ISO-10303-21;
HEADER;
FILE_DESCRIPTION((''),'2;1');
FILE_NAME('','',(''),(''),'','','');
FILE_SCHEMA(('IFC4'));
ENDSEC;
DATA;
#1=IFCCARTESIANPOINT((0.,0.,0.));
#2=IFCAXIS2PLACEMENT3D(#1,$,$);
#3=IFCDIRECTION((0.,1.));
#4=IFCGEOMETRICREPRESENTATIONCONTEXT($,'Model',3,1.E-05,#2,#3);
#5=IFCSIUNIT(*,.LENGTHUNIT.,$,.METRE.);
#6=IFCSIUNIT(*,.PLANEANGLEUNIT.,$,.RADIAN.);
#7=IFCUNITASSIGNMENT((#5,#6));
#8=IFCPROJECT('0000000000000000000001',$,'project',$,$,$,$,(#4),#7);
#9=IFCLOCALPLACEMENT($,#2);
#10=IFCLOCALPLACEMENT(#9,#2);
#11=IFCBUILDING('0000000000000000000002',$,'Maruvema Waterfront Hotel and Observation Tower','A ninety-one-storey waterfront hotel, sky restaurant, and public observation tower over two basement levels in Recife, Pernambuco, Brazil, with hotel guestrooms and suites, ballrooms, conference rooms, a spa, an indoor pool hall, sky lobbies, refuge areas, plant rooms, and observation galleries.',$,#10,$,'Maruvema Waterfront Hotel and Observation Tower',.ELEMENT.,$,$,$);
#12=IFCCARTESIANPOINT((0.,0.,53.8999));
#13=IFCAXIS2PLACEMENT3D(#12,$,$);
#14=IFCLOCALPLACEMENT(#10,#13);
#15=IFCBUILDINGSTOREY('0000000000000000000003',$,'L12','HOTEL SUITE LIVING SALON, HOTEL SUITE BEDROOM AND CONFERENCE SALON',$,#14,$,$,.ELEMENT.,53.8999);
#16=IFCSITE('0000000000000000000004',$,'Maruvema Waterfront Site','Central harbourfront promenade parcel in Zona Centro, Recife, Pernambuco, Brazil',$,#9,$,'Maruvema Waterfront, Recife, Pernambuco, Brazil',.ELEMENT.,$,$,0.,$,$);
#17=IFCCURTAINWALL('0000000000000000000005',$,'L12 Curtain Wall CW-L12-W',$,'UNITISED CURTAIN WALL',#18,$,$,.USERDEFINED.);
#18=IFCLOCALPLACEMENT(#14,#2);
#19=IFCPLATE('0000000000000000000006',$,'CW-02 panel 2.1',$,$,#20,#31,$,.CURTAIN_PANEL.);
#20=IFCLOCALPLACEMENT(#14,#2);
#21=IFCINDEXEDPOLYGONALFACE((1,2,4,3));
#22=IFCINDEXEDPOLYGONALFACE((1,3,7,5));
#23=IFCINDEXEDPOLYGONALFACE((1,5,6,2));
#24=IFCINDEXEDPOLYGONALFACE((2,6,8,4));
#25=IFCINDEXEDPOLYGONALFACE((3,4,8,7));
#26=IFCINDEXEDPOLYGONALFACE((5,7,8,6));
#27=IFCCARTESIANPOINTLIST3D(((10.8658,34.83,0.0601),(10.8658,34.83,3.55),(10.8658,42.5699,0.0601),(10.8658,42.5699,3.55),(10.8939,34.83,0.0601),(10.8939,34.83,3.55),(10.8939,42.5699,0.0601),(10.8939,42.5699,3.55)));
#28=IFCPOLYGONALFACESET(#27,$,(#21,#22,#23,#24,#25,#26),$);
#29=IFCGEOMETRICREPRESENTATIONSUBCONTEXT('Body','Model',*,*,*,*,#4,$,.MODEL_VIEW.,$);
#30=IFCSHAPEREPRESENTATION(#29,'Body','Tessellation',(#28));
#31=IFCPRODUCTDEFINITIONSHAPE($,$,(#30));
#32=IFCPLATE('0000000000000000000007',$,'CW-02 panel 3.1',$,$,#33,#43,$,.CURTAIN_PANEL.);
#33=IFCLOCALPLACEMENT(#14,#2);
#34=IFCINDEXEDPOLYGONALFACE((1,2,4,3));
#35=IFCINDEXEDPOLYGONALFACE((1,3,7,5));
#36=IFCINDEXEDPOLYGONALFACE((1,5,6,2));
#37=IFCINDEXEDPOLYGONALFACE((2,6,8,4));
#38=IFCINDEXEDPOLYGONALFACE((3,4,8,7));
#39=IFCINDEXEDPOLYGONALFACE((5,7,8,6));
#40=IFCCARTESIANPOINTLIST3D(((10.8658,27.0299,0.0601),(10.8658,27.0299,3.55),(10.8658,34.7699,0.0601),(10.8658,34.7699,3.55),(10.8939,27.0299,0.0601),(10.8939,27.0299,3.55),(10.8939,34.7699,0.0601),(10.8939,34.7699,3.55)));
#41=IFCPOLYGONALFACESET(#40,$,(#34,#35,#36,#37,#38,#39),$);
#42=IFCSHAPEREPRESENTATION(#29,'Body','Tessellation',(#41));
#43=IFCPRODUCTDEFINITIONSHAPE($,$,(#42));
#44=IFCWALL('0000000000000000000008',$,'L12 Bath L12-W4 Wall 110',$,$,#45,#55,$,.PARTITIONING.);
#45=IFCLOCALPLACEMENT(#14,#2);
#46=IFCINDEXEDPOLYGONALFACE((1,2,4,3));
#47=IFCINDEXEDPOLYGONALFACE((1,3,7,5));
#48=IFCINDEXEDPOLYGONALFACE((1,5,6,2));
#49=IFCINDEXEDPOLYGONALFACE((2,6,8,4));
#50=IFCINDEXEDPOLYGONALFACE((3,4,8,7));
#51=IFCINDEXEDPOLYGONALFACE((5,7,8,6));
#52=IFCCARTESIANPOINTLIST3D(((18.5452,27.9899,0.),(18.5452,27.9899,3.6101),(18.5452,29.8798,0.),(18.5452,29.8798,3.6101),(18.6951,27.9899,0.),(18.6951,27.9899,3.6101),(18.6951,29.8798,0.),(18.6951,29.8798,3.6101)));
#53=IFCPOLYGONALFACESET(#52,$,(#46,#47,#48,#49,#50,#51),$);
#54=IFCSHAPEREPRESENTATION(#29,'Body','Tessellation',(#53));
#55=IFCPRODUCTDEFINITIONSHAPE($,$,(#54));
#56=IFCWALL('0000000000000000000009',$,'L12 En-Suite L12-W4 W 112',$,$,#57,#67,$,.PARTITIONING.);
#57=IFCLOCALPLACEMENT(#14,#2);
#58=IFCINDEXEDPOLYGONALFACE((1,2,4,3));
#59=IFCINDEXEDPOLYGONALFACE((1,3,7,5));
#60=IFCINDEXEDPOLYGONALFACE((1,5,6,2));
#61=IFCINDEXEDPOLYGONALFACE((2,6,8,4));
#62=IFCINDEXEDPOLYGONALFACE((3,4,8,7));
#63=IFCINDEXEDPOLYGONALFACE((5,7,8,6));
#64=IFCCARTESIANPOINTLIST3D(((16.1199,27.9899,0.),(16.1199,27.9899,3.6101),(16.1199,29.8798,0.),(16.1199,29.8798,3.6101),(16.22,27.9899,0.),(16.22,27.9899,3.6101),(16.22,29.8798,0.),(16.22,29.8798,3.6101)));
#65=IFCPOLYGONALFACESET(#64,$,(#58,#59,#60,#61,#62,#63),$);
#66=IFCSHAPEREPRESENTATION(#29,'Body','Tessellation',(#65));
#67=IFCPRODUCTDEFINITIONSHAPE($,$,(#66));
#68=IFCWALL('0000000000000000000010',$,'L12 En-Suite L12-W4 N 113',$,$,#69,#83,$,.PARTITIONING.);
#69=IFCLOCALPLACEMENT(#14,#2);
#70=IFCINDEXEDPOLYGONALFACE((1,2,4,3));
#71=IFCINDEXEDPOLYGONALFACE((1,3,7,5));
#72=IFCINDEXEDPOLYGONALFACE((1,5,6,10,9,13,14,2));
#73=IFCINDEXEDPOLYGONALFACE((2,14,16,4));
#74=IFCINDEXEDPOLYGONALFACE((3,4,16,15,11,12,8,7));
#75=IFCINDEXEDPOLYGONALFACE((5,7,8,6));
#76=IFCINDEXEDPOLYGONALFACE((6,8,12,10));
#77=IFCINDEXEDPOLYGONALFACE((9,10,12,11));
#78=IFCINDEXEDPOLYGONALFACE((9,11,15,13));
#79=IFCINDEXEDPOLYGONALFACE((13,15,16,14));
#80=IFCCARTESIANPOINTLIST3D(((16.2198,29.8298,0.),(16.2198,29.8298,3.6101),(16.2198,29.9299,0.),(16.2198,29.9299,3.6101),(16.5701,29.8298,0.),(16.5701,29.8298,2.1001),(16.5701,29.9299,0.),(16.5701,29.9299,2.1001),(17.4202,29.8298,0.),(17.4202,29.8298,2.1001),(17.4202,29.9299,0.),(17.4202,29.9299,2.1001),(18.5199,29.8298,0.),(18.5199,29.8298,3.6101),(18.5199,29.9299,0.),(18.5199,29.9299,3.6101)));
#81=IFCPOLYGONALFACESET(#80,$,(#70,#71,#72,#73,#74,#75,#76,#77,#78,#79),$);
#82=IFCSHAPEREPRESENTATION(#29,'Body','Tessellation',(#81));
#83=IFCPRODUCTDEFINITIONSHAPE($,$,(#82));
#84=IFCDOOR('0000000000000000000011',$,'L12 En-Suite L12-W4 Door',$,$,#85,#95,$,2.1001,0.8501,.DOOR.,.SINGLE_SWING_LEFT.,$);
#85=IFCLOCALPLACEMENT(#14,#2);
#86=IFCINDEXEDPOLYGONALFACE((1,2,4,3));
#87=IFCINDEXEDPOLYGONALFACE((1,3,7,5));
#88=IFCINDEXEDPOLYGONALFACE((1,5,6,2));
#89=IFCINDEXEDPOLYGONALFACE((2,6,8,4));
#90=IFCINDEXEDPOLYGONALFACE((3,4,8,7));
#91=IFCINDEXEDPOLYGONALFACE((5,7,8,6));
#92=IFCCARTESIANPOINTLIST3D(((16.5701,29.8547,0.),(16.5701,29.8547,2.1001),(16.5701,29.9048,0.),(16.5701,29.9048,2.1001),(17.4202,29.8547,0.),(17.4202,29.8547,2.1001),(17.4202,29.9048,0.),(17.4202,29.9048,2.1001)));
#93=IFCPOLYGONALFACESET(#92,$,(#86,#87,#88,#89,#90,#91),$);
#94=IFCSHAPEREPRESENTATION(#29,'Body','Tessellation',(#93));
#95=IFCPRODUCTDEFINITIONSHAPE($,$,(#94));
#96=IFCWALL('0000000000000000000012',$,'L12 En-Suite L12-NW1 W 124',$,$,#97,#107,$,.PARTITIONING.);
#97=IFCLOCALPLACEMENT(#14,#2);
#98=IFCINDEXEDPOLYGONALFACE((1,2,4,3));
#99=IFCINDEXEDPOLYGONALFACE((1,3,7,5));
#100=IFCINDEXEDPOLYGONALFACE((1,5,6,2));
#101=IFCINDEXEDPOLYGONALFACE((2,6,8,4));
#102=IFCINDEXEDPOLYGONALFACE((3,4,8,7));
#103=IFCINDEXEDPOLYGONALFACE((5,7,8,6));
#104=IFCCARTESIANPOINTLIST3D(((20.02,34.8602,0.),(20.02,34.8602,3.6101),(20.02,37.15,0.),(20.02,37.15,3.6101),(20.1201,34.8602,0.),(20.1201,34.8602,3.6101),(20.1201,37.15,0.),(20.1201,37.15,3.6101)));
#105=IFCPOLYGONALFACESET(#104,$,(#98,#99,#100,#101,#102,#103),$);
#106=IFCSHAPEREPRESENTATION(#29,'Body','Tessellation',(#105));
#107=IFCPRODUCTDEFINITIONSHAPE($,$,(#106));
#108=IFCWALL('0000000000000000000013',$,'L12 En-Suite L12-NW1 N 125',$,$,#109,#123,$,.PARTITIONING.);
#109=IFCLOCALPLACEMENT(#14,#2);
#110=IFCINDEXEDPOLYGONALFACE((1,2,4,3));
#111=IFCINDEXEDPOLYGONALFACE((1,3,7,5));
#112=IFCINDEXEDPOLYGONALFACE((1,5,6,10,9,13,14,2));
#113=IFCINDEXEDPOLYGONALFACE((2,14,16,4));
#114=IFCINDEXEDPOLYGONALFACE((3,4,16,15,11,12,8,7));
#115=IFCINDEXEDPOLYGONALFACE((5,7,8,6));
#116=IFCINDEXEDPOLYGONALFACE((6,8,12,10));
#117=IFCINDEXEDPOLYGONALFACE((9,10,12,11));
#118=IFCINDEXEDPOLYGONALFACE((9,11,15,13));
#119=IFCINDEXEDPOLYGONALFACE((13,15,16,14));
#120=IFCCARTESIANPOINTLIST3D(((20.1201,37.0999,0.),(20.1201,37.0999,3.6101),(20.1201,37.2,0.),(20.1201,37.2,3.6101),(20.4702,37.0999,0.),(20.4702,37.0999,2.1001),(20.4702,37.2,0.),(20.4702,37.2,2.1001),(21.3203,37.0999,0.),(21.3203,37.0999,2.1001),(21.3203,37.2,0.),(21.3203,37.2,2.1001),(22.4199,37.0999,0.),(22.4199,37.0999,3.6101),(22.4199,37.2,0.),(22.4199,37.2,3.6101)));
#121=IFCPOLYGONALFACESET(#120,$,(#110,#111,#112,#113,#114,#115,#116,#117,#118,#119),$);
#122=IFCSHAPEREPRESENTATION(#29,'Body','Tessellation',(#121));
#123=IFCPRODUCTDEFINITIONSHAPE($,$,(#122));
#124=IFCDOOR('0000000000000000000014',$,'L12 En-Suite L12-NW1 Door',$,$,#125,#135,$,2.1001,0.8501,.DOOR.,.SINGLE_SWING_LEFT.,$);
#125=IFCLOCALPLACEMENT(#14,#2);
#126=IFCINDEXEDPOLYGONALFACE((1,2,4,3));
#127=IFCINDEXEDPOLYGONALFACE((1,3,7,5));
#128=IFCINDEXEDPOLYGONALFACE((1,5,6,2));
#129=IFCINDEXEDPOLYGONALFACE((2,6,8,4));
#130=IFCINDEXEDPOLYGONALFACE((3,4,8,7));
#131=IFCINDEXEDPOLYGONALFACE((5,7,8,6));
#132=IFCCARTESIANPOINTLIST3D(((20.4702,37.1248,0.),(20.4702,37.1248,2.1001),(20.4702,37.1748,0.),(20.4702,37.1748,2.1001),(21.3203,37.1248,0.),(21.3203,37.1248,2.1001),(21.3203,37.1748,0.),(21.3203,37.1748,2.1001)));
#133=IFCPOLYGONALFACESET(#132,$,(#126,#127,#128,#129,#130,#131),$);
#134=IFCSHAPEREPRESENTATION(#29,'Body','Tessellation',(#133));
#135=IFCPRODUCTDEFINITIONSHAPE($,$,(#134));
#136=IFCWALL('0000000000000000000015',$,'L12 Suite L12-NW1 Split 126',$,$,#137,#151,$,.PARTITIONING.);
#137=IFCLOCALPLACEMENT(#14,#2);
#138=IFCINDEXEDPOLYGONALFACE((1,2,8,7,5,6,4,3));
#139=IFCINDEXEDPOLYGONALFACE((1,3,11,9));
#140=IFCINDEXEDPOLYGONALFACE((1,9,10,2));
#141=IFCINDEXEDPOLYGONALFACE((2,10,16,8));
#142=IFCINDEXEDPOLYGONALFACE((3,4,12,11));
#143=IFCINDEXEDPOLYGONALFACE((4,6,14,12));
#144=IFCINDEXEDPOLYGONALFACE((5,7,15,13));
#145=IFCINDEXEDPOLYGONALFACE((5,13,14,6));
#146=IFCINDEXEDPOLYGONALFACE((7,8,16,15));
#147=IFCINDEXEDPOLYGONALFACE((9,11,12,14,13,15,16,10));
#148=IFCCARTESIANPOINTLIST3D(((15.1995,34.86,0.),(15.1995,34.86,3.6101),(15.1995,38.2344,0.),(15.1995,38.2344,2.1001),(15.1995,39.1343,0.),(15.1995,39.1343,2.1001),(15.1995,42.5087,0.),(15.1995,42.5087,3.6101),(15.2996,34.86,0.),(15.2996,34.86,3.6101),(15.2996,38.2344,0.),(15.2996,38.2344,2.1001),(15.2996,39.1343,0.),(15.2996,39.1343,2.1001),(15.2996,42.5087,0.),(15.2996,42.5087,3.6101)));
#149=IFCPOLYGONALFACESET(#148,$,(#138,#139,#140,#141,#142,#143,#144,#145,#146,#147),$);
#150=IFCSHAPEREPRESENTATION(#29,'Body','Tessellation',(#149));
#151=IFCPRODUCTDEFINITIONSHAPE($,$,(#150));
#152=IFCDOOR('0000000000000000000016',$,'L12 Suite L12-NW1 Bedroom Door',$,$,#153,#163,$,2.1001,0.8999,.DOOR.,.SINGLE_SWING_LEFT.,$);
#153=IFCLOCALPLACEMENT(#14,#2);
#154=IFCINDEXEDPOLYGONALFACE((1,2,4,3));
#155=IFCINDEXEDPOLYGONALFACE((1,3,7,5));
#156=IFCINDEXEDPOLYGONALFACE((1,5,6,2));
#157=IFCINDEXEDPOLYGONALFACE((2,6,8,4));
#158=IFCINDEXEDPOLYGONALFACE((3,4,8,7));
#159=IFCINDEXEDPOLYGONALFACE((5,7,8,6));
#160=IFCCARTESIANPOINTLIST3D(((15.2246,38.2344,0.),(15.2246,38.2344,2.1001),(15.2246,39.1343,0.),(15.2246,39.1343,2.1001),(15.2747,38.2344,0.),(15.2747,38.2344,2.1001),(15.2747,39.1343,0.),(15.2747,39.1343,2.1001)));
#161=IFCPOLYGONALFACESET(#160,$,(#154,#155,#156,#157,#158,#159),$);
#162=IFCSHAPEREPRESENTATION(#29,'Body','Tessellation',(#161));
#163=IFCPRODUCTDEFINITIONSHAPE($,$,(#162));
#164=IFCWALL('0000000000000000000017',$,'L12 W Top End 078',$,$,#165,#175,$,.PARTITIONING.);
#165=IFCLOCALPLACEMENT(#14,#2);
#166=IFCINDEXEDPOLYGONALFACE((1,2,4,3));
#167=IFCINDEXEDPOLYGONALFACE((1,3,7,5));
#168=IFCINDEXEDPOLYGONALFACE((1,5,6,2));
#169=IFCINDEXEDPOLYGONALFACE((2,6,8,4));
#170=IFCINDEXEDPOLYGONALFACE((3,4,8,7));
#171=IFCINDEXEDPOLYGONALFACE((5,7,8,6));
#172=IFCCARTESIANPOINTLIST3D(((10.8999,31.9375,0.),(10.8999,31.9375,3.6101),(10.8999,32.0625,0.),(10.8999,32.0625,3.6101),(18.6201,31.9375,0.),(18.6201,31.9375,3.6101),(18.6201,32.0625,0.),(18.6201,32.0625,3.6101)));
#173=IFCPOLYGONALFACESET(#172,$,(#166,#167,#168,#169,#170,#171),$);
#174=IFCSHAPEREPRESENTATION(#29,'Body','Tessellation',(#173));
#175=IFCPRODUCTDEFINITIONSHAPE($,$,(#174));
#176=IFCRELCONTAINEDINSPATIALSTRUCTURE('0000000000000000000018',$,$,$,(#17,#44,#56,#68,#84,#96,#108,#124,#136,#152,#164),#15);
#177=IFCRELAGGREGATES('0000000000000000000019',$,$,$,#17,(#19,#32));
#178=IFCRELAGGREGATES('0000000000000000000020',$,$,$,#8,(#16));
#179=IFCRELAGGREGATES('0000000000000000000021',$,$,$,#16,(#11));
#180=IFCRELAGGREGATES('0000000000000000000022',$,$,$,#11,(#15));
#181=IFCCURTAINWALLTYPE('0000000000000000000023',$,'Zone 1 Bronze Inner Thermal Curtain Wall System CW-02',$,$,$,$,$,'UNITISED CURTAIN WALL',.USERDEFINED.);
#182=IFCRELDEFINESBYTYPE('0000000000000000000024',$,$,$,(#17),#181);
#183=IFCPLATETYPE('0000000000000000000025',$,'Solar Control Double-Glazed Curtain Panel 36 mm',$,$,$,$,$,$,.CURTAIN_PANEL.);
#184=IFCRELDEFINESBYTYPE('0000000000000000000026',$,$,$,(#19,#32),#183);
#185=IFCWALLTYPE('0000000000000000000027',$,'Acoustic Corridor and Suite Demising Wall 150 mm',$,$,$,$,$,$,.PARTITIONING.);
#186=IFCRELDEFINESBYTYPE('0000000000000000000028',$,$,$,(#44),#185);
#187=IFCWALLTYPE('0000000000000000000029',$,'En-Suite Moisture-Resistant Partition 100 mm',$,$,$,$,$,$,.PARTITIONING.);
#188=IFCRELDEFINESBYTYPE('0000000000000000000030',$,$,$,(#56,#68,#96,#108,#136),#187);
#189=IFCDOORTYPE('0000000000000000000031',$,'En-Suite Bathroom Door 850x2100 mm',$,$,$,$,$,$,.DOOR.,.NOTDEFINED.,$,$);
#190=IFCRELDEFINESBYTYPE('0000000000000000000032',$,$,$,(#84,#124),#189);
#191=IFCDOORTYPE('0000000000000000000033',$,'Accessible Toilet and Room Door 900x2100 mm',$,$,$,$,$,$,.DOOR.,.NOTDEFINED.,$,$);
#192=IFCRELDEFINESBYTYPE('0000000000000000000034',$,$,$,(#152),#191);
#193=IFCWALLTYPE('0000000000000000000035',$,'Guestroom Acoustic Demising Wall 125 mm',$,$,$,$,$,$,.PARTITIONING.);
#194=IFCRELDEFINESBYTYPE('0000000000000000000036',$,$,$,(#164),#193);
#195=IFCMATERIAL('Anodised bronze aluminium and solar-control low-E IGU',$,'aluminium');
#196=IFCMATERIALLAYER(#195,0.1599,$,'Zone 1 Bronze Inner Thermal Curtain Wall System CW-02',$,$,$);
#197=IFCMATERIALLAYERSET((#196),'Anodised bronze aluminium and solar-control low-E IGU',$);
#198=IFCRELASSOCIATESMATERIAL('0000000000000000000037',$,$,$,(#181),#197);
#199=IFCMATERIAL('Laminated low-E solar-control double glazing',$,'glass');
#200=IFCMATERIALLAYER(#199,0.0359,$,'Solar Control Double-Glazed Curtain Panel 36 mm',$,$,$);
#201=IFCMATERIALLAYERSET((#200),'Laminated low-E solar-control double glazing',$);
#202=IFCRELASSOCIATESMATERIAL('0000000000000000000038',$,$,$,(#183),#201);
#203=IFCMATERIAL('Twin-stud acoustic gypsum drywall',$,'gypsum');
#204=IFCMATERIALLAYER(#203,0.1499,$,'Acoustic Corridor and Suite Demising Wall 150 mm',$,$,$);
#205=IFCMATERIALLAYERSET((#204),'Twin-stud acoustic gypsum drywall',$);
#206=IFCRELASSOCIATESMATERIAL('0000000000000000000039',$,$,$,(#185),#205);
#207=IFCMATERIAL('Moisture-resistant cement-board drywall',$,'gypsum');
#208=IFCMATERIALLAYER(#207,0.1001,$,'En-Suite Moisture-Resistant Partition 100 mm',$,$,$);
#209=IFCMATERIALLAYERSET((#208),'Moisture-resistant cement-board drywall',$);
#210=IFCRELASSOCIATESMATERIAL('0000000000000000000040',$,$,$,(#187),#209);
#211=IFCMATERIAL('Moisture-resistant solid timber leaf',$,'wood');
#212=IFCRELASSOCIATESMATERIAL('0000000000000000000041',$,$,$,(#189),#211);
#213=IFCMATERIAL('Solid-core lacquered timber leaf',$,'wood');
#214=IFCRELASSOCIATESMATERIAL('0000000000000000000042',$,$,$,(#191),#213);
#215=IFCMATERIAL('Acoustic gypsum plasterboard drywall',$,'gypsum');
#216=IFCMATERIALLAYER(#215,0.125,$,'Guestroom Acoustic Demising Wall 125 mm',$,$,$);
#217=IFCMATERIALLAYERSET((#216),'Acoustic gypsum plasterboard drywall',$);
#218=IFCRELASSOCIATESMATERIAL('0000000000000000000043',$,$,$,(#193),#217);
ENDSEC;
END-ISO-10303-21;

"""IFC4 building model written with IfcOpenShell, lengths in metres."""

from ifc_helpers import new_model, si_unit, direction, frame, frame_2d, origin, origin_2d, place, context, subcontext, project, spatial, rectangle, extrude, material, layer, layer_set, type_object, element, fill, aggregate, save


model = new_model("IFC4")

# Units and contexts
model_context = context("Model", 3, precision=1e-05, world=origin(), true_north=direction((0.0, 1.0)))
body_context = subcontext(model_context, "Body", "Model", "MODEL_VIEW")
ifc_project = project(units=[si_unit("LENGTHUNIT", "METRE"), si_unit("PLANEANGLEUNIT", "RADIAN")], contexts=[model_context])

# Site, building, storey
site_placement = place(None, origin())
site = spatial("IfcSite", under=ifc_project, at=site_placement, Name="Maruvema Waterfront Site", Description="Central harbourfront promenade parcel in Zona Centro, Recife, Pernambuco, Brazil", LongName="Maruvema Waterfront, Recife, Pernambuco, Brazil", CompositionType="ELEMENT", RefElevation=0.0)
building_placement = place(site_placement, origin())
building = spatial("IfcBuilding", under=site, at=building_placement, Name="Maruvema Waterfront Hotel and Observation Tower", Description="A ninety-one-storey waterfront hotel, sky restaurant, and public observation tower over two basement levels in Recife, Pernambuco, Brazil, with hotel guestrooms and suites, ballrooms, conference rooms, a spa, an indoor pool hall, sky lobbies, refuge areas, plant rooms, and observation galleries.", LongName="Maruvema Waterfront Hotel and Observation Tower", CompositionType="ELEMENT")
storey_placement = place(building_placement, frame((0.0, 0.0, 53.8999)))
storey = spatial("IfcBuildingStorey", under=building, at=storey_placement, Name="L12", Description="HOTEL SUITE LIVING SALON, HOTEL SUITE BEDROOM AND CONFERENCE SALON", CompositionType="ELEMENT", Elevation=53.8999)

# Curtain wall
ifc_material_1 = material(Name="Anodised bronze aluminium and solar-control low-E IGU", Category="aluminium")
ifc_layer_1 = layer(ifc_material_1, 0.1599, Name="Zone 1 Bronze Inner Thermal Curtain Wall System CW-02")
ifc_layer_set_1 = layer_set([ifc_layer_1], Name="Anodised bronze aluminium and solar-control low-E IGU")
curtain_wall_type = type_object("IfcCurtainWallType", Name="Zone 1 Bronze Inner Thermal Curtain Wall System CW-02", ElementType="UNITISED CURTAIN WALL", PredefinedType="USERDEFINED", material=ifc_layer_set_1)
curtain_wall_placement = place(storey_placement, origin())
curtain_wall = element("IfcCurtainWall", 1, at=curtain_wall_placement, inside=storey, type_object=curtain_wall_type, Name="L12 Curtain Wall CW-L12-W", ObjectType="UNITISED CURTAIN WALL", PredefinedType="USERDEFINED")

# Plates
ifc_material_2 = material(Name="Laminated low-E solar-control double glazing", Category="glass")
ifc_layer_2 = layer(ifc_material_2, 0.0359, Name="Solar Control Double-Glazed Curtain Panel 36 mm")
ifc_layer_set_2 = layer_set([ifc_layer_2], Name="Laminated low-E solar-control double glazing")
plate_type = type_object("IfcPlateType", Name="Solar Control Double-Glazed Curtain Panel 36 mm", PredefinedType="CURTAIN_PANEL", material=ifc_layer_set_2)
plate_1_placement = place(storey_placement, frame((10.8799, 38.7, 0.0601), z_axis=(0.0, 0.0, 1.0), x_axis=(0.0, -1.0, 0.0)))
plate_1 = element("IfcPlate", 2, at=plate_1_placement, type_object=plate_type, Name="CW-02 panel 2.1", PredefinedType="CURTAIN_PANEL", context=body_context, shape_type="SweptSolid", body=[
    extrude(rectangle(XDim=7.74, YDim=0.0281, at=origin_2d()), origin(), (0.0, 0.0, 1.0), 3.49),
])
plate_2_placement = place(storey_placement, frame((10.8799, 30.8999, 0.0601), z_axis=(0.0, 0.0, 1.0), x_axis=(0.0, -1.0, 0.0)))
plate_2 = element("IfcPlate", 3, at=plate_2_placement, type_object=plate_type, Name="CW-02 panel 3.1", PredefinedType="CURTAIN_PANEL", context=body_context, shape_type="SweptSolid", body=[
    extrude(rectangle(XDim=7.74, YDim=0.0281, at=origin_2d()), origin(), (0.0, 0.0, 1.0), 3.49),
])
aggregate(curtain_wall, [plate_1, plate_2])

# Wall
ifc_material_3 = material(Name="Twin-stud acoustic gypsum drywall", Category="gypsum")
ifc_layer_3 = layer(ifc_material_3, 0.1499, Name="Acoustic Corridor and Suite Demising Wall 150 mm")
ifc_layer_set_3 = layer_set([ifc_layer_3], Name="Twin-stud acoustic gypsum drywall")
wall_type_1 = type_object("IfcWallType", Name="Acoustic Corridor and Suite Demising Wall 150 mm", PredefinedType="PARTITIONING", material=ifc_layer_set_3)
wall_1_placement = place(storey_placement, frame((18.6201, 27.99, 0.0), z_axis=(0.0, 0.0, 1.0), x_axis=(0.0, 1.0, 0.0)))
element("IfcWall", 4, at=wall_1_placement, inside=storey, type_object=wall_type_1, Name="L12 Bath L12-W4 Wall 110", PredefinedType="PARTITIONING", context=body_context, shape_type="SweptSolid", body=[
    extrude(rectangle(XDim=1.8899, YDim=0.1499, at=frame_2d((0.9448, 0.0))), origin(), (0.0, 0.0, 1.0), 3.6101),
])

# Wall
ifc_material_4 = material(Name="Moisture-resistant cement-board drywall", Category="gypsum")
ifc_layer_4 = layer(ifc_material_4, 0.1001, Name="En-Suite Moisture-Resistant Partition 100 mm")
ifc_layer_set_4 = layer_set([ifc_layer_4], Name="Moisture-resistant cement-board drywall")
wall_type_2 = type_object("IfcWallType", Name="En-Suite Moisture-Resistant Partition 100 mm", PredefinedType="PARTITIONING", material=ifc_layer_set_4)
wall_2_placement = place(storey_placement, frame((16.1699, 27.99, 0.0), z_axis=(0.0, 0.0, 1.0), x_axis=(0.0, 1.0, 0.0)))
element("IfcWall", 5, at=wall_2_placement, inside=storey, type_object=wall_type_2, Name="L12 En-Suite L12-W4 W 112", PredefinedType="PARTITIONING", context=body_context, shape_type="SweptSolid", body=[
    extrude(rectangle(XDim=1.8899, YDim=0.1001, at=frame_2d((0.9448, 0.0))), origin(), (0.0, 0.0, 1.0), 3.6101),
])

# Wall, opening, door
wall_3_placement = place(storey_placement, frame((16.22, 29.8799, 0.0), z_axis=(0.0, 0.0, 1.0), x_axis=(1.0, 0.0, 0.0)))
wall_3 = element("IfcWall", 6, at=wall_3_placement, inside=storey, type_object=wall_type_2, Name="L12 En-Suite L12-W4 N 113", PredefinedType="PARTITIONING", context=body_context, shape_type="SweptSolid", body=[
    extrude(rectangle(XDim=2.3, YDim=0.1001, at=frame_2d((1.1499, 0.0))), origin(), (0.0, 0.0, 1.0), 3.6101),
])
opening_1_placement = place(wall_3_placement, frame((0.3501, 0.0, 0.0)))
opening_1 = element("IfcOpeningElement", 7, at=opening_1_placement, cuts=wall_3, PredefinedType="OPENING", context=body_context, shape_type="SweptSolid", body=[
    extrude(rectangle(XDim=0.8501, YDim=2.1001, at=frame_2d((0.425, 1.05))), frame((0.0, 0.0601, 0.0), z_axis=(0.0, -1.0, 0.0), x_axis=(1.0, 0.0, 0.0)), (0.0, 0.0, 1.0), 0.1201),
])
ifc_material_5 = material(Name="Moisture-resistant solid timber leaf", Category="wood")
door_type_1 = type_object("IfcDoorType", Name="En-Suite Bathroom Door 850x2100 mm", OperationType="NOTDEFINED", PredefinedType="DOOR", material=ifc_material_5)
door_1_placement = place(opening_1_placement, origin())
door_1 = element("IfcDoor", 8, at=door_1_placement, inside=storey, type_object=door_type_1, Name="L12 En-Suite L12-W4 Door", OperationType="SINGLE_SWING_LEFT", OverallHeight=2.1001, OverallWidth=0.8501, PredefinedType="DOOR", context=body_context, shape_type="SweptSolid", body=[
    extrude(rectangle(XDim=0.8501, YDim=2.1001, at=frame_2d((0.425, 1.05))), frame((0.0, 0.0249, 0.0), z_axis=(0.0, -1.0, 0.0), x_axis=(1.0, 0.0, 0.0)), (0.0, 0.0, 1.0), 0.05),
])
fill(opening_1, door_1)

# Wall
wall_4_placement = place(storey_placement, frame((20.0701, 34.8601, 0.0), z_axis=(0.0, 0.0, 1.0), x_axis=(0.0, 1.0, 0.0)))
element("IfcWall", 9, at=wall_4_placement, inside=storey, type_object=wall_type_2, Name="L12 En-Suite L12-NW1 W 124", PredefinedType="PARTITIONING", context=body_context, shape_type="SweptSolid", body=[
    extrude(rectangle(XDim=2.2898, YDim=0.1001, at=frame_2d((1.145, 0.0))), origin(), (0.0, 0.0, 1.0), 3.6101),
])

# Walls, openings, doors
wall_5_placement = place(storey_placement, frame((20.1201, 37.1499, 0.0), z_axis=(0.0, 0.0, 1.0), x_axis=(1.0, 0.0, 0.0)))
wall_5 = element("IfcWall", 10, at=wall_5_placement, inside=storey, type_object=wall_type_2, Name="L12 En-Suite L12-NW1 N 125", PredefinedType="PARTITIONING", context=body_context, shape_type="SweptSolid", body=[
    extrude(rectangle(XDim=2.2998, YDim=0.1001, at=frame_2d((1.1499, 0.0))), origin(), (0.0, 0.0, 1.0), 3.6101),
])
opening_2_placement = place(wall_5_placement, frame((0.3501, 0.0, 0.0)))
opening_2 = element("IfcOpeningElement", 11, at=opening_2_placement, cuts=wall_5, PredefinedType="OPENING", context=body_context, shape_type="SweptSolid", body=[
    extrude(rectangle(XDim=0.8501, YDim=2.1001, at=frame_2d((0.425, 1.05))), frame((0.0, 0.0601, 0.0), z_axis=(0.0, -1.0, 0.0), x_axis=(1.0, 0.0, 0.0)), (0.0, 0.0, 1.0), 0.1201),
])
door_2_placement = place(opening_2_placement, origin())
door_2 = element("IfcDoor", 12, at=door_2_placement, inside=storey, type_object=door_type_1, Name="L12 En-Suite L12-NW1 Door", OperationType="SINGLE_SWING_LEFT", OverallHeight=2.1001, OverallWidth=0.8501, PredefinedType="DOOR", context=body_context, shape_type="SweptSolid", body=[
    extrude(rectangle(XDim=0.8501, YDim=2.1001, at=frame_2d((0.425, 1.05))), frame((0.0, 0.0249, 0.0), z_axis=(0.0, -1.0, 0.0), x_axis=(1.0, 0.0, 0.0)), (0.0, 0.0, 1.0), 0.05),
])
fill(opening_2, door_2)
wall_6_placement = place(storey_placement, frame((15.2495, 34.8601, 0.0), z_axis=(0.0, 0.0, 1.0), x_axis=(0.0, 1.0, 0.0)))
wall_6 = element("IfcWall", 13, at=wall_6_placement, inside=storey, type_object=wall_type_2, Name="L12 Suite L12-NW1 Split 126", PredefinedType="PARTITIONING", context=body_context, shape_type="SweptSolid", body=[
    extrude(rectangle(XDim=7.6487, YDim=0.1001, at=frame_2d((3.8242, 0.0))), origin(), (0.0, 0.0, 1.0), 3.6101),
])
opening_3_placement = place(wall_6_placement, frame((3.3743, 0.0, 0.0)))
opening_3 = element("IfcOpeningElement", 14, at=opening_3_placement, cuts=wall_6, PredefinedType="OPENING", context=body_context, shape_type="SweptSolid", body=[
    extrude(rectangle(XDim=0.8999, YDim=2.1001, at=frame_2d((0.45, 1.05))), frame((0.0, 0.0601, 0.0), z_axis=(0.0, -1.0, 0.0), x_axis=(1.0, 0.0, 0.0)), (0.0, 0.0, 1.0), 0.1201),
])
ifc_material_6 = material(Name="Solid-core lacquered timber leaf", Category="wood")
door_type_2 = type_object("IfcDoorType", Name="Accessible Toilet and Room Door 900x2100 mm", OperationType="NOTDEFINED", PredefinedType="DOOR", material=ifc_material_6)
door_3_placement = place(opening_3_placement, origin())
door_3 = element("IfcDoor", 15, at=door_3_placement, inside=storey, type_object=door_type_2, Name="L12 Suite L12-NW1 Bedroom Door", OperationType="SINGLE_SWING_LEFT", OverallHeight=2.1001, OverallWidth=0.8999, PredefinedType="DOOR", context=body_context, shape_type="SweptSolid", body=[
    extrude(rectangle(XDim=0.8999, YDim=2.1001, at=frame_2d((0.45, 1.05))), frame((0.0, 0.0249, 0.0), z_axis=(0.0, -1.0, 0.0), x_axis=(1.0, 0.0, 0.0)), (0.0, 0.0, 1.0), 0.05),
])
fill(opening_3, door_3)

# Wall
ifc_material_7 = material(Name="Acoustic gypsum plasterboard drywall", Category="gypsum")
ifc_layer_5 = layer(ifc_material_7, 0.125, Name="Guestroom Acoustic Demising Wall 125 mm")
ifc_layer_set_5 = layer_set([ifc_layer_5], Name="Acoustic gypsum plasterboard drywall")
wall_type_3 = type_object("IfcWallType", Name="Guestroom Acoustic Demising Wall 125 mm", PredefinedType="PARTITIONING", material=ifc_layer_set_5)
for number, where, z_axis, x_axis, name in (
    (16, (10.8999, 32.0, 0.0), (0.0, 0.0, 1.0), (1.0, 0.0, 0.0), "L12 W Top End 078"),
):
    element("IfcWall", number, at=place(storey_placement, frame(where, z_axis=z_axis, x_axis=x_axis)), inside=storey, type_object=wall_type_3, Name=name, PredefinedType="PARTITIONING", context=body_context, shape_type="SweptSolid", body=[
        extrude(rectangle(XDim=7.7202, YDim=0.125, at=frame_2d((3.8601, 0.0))), origin(), (0.0, 0.0, 1.0), 3.6101),
    ])

save(model, "model.ifc")
